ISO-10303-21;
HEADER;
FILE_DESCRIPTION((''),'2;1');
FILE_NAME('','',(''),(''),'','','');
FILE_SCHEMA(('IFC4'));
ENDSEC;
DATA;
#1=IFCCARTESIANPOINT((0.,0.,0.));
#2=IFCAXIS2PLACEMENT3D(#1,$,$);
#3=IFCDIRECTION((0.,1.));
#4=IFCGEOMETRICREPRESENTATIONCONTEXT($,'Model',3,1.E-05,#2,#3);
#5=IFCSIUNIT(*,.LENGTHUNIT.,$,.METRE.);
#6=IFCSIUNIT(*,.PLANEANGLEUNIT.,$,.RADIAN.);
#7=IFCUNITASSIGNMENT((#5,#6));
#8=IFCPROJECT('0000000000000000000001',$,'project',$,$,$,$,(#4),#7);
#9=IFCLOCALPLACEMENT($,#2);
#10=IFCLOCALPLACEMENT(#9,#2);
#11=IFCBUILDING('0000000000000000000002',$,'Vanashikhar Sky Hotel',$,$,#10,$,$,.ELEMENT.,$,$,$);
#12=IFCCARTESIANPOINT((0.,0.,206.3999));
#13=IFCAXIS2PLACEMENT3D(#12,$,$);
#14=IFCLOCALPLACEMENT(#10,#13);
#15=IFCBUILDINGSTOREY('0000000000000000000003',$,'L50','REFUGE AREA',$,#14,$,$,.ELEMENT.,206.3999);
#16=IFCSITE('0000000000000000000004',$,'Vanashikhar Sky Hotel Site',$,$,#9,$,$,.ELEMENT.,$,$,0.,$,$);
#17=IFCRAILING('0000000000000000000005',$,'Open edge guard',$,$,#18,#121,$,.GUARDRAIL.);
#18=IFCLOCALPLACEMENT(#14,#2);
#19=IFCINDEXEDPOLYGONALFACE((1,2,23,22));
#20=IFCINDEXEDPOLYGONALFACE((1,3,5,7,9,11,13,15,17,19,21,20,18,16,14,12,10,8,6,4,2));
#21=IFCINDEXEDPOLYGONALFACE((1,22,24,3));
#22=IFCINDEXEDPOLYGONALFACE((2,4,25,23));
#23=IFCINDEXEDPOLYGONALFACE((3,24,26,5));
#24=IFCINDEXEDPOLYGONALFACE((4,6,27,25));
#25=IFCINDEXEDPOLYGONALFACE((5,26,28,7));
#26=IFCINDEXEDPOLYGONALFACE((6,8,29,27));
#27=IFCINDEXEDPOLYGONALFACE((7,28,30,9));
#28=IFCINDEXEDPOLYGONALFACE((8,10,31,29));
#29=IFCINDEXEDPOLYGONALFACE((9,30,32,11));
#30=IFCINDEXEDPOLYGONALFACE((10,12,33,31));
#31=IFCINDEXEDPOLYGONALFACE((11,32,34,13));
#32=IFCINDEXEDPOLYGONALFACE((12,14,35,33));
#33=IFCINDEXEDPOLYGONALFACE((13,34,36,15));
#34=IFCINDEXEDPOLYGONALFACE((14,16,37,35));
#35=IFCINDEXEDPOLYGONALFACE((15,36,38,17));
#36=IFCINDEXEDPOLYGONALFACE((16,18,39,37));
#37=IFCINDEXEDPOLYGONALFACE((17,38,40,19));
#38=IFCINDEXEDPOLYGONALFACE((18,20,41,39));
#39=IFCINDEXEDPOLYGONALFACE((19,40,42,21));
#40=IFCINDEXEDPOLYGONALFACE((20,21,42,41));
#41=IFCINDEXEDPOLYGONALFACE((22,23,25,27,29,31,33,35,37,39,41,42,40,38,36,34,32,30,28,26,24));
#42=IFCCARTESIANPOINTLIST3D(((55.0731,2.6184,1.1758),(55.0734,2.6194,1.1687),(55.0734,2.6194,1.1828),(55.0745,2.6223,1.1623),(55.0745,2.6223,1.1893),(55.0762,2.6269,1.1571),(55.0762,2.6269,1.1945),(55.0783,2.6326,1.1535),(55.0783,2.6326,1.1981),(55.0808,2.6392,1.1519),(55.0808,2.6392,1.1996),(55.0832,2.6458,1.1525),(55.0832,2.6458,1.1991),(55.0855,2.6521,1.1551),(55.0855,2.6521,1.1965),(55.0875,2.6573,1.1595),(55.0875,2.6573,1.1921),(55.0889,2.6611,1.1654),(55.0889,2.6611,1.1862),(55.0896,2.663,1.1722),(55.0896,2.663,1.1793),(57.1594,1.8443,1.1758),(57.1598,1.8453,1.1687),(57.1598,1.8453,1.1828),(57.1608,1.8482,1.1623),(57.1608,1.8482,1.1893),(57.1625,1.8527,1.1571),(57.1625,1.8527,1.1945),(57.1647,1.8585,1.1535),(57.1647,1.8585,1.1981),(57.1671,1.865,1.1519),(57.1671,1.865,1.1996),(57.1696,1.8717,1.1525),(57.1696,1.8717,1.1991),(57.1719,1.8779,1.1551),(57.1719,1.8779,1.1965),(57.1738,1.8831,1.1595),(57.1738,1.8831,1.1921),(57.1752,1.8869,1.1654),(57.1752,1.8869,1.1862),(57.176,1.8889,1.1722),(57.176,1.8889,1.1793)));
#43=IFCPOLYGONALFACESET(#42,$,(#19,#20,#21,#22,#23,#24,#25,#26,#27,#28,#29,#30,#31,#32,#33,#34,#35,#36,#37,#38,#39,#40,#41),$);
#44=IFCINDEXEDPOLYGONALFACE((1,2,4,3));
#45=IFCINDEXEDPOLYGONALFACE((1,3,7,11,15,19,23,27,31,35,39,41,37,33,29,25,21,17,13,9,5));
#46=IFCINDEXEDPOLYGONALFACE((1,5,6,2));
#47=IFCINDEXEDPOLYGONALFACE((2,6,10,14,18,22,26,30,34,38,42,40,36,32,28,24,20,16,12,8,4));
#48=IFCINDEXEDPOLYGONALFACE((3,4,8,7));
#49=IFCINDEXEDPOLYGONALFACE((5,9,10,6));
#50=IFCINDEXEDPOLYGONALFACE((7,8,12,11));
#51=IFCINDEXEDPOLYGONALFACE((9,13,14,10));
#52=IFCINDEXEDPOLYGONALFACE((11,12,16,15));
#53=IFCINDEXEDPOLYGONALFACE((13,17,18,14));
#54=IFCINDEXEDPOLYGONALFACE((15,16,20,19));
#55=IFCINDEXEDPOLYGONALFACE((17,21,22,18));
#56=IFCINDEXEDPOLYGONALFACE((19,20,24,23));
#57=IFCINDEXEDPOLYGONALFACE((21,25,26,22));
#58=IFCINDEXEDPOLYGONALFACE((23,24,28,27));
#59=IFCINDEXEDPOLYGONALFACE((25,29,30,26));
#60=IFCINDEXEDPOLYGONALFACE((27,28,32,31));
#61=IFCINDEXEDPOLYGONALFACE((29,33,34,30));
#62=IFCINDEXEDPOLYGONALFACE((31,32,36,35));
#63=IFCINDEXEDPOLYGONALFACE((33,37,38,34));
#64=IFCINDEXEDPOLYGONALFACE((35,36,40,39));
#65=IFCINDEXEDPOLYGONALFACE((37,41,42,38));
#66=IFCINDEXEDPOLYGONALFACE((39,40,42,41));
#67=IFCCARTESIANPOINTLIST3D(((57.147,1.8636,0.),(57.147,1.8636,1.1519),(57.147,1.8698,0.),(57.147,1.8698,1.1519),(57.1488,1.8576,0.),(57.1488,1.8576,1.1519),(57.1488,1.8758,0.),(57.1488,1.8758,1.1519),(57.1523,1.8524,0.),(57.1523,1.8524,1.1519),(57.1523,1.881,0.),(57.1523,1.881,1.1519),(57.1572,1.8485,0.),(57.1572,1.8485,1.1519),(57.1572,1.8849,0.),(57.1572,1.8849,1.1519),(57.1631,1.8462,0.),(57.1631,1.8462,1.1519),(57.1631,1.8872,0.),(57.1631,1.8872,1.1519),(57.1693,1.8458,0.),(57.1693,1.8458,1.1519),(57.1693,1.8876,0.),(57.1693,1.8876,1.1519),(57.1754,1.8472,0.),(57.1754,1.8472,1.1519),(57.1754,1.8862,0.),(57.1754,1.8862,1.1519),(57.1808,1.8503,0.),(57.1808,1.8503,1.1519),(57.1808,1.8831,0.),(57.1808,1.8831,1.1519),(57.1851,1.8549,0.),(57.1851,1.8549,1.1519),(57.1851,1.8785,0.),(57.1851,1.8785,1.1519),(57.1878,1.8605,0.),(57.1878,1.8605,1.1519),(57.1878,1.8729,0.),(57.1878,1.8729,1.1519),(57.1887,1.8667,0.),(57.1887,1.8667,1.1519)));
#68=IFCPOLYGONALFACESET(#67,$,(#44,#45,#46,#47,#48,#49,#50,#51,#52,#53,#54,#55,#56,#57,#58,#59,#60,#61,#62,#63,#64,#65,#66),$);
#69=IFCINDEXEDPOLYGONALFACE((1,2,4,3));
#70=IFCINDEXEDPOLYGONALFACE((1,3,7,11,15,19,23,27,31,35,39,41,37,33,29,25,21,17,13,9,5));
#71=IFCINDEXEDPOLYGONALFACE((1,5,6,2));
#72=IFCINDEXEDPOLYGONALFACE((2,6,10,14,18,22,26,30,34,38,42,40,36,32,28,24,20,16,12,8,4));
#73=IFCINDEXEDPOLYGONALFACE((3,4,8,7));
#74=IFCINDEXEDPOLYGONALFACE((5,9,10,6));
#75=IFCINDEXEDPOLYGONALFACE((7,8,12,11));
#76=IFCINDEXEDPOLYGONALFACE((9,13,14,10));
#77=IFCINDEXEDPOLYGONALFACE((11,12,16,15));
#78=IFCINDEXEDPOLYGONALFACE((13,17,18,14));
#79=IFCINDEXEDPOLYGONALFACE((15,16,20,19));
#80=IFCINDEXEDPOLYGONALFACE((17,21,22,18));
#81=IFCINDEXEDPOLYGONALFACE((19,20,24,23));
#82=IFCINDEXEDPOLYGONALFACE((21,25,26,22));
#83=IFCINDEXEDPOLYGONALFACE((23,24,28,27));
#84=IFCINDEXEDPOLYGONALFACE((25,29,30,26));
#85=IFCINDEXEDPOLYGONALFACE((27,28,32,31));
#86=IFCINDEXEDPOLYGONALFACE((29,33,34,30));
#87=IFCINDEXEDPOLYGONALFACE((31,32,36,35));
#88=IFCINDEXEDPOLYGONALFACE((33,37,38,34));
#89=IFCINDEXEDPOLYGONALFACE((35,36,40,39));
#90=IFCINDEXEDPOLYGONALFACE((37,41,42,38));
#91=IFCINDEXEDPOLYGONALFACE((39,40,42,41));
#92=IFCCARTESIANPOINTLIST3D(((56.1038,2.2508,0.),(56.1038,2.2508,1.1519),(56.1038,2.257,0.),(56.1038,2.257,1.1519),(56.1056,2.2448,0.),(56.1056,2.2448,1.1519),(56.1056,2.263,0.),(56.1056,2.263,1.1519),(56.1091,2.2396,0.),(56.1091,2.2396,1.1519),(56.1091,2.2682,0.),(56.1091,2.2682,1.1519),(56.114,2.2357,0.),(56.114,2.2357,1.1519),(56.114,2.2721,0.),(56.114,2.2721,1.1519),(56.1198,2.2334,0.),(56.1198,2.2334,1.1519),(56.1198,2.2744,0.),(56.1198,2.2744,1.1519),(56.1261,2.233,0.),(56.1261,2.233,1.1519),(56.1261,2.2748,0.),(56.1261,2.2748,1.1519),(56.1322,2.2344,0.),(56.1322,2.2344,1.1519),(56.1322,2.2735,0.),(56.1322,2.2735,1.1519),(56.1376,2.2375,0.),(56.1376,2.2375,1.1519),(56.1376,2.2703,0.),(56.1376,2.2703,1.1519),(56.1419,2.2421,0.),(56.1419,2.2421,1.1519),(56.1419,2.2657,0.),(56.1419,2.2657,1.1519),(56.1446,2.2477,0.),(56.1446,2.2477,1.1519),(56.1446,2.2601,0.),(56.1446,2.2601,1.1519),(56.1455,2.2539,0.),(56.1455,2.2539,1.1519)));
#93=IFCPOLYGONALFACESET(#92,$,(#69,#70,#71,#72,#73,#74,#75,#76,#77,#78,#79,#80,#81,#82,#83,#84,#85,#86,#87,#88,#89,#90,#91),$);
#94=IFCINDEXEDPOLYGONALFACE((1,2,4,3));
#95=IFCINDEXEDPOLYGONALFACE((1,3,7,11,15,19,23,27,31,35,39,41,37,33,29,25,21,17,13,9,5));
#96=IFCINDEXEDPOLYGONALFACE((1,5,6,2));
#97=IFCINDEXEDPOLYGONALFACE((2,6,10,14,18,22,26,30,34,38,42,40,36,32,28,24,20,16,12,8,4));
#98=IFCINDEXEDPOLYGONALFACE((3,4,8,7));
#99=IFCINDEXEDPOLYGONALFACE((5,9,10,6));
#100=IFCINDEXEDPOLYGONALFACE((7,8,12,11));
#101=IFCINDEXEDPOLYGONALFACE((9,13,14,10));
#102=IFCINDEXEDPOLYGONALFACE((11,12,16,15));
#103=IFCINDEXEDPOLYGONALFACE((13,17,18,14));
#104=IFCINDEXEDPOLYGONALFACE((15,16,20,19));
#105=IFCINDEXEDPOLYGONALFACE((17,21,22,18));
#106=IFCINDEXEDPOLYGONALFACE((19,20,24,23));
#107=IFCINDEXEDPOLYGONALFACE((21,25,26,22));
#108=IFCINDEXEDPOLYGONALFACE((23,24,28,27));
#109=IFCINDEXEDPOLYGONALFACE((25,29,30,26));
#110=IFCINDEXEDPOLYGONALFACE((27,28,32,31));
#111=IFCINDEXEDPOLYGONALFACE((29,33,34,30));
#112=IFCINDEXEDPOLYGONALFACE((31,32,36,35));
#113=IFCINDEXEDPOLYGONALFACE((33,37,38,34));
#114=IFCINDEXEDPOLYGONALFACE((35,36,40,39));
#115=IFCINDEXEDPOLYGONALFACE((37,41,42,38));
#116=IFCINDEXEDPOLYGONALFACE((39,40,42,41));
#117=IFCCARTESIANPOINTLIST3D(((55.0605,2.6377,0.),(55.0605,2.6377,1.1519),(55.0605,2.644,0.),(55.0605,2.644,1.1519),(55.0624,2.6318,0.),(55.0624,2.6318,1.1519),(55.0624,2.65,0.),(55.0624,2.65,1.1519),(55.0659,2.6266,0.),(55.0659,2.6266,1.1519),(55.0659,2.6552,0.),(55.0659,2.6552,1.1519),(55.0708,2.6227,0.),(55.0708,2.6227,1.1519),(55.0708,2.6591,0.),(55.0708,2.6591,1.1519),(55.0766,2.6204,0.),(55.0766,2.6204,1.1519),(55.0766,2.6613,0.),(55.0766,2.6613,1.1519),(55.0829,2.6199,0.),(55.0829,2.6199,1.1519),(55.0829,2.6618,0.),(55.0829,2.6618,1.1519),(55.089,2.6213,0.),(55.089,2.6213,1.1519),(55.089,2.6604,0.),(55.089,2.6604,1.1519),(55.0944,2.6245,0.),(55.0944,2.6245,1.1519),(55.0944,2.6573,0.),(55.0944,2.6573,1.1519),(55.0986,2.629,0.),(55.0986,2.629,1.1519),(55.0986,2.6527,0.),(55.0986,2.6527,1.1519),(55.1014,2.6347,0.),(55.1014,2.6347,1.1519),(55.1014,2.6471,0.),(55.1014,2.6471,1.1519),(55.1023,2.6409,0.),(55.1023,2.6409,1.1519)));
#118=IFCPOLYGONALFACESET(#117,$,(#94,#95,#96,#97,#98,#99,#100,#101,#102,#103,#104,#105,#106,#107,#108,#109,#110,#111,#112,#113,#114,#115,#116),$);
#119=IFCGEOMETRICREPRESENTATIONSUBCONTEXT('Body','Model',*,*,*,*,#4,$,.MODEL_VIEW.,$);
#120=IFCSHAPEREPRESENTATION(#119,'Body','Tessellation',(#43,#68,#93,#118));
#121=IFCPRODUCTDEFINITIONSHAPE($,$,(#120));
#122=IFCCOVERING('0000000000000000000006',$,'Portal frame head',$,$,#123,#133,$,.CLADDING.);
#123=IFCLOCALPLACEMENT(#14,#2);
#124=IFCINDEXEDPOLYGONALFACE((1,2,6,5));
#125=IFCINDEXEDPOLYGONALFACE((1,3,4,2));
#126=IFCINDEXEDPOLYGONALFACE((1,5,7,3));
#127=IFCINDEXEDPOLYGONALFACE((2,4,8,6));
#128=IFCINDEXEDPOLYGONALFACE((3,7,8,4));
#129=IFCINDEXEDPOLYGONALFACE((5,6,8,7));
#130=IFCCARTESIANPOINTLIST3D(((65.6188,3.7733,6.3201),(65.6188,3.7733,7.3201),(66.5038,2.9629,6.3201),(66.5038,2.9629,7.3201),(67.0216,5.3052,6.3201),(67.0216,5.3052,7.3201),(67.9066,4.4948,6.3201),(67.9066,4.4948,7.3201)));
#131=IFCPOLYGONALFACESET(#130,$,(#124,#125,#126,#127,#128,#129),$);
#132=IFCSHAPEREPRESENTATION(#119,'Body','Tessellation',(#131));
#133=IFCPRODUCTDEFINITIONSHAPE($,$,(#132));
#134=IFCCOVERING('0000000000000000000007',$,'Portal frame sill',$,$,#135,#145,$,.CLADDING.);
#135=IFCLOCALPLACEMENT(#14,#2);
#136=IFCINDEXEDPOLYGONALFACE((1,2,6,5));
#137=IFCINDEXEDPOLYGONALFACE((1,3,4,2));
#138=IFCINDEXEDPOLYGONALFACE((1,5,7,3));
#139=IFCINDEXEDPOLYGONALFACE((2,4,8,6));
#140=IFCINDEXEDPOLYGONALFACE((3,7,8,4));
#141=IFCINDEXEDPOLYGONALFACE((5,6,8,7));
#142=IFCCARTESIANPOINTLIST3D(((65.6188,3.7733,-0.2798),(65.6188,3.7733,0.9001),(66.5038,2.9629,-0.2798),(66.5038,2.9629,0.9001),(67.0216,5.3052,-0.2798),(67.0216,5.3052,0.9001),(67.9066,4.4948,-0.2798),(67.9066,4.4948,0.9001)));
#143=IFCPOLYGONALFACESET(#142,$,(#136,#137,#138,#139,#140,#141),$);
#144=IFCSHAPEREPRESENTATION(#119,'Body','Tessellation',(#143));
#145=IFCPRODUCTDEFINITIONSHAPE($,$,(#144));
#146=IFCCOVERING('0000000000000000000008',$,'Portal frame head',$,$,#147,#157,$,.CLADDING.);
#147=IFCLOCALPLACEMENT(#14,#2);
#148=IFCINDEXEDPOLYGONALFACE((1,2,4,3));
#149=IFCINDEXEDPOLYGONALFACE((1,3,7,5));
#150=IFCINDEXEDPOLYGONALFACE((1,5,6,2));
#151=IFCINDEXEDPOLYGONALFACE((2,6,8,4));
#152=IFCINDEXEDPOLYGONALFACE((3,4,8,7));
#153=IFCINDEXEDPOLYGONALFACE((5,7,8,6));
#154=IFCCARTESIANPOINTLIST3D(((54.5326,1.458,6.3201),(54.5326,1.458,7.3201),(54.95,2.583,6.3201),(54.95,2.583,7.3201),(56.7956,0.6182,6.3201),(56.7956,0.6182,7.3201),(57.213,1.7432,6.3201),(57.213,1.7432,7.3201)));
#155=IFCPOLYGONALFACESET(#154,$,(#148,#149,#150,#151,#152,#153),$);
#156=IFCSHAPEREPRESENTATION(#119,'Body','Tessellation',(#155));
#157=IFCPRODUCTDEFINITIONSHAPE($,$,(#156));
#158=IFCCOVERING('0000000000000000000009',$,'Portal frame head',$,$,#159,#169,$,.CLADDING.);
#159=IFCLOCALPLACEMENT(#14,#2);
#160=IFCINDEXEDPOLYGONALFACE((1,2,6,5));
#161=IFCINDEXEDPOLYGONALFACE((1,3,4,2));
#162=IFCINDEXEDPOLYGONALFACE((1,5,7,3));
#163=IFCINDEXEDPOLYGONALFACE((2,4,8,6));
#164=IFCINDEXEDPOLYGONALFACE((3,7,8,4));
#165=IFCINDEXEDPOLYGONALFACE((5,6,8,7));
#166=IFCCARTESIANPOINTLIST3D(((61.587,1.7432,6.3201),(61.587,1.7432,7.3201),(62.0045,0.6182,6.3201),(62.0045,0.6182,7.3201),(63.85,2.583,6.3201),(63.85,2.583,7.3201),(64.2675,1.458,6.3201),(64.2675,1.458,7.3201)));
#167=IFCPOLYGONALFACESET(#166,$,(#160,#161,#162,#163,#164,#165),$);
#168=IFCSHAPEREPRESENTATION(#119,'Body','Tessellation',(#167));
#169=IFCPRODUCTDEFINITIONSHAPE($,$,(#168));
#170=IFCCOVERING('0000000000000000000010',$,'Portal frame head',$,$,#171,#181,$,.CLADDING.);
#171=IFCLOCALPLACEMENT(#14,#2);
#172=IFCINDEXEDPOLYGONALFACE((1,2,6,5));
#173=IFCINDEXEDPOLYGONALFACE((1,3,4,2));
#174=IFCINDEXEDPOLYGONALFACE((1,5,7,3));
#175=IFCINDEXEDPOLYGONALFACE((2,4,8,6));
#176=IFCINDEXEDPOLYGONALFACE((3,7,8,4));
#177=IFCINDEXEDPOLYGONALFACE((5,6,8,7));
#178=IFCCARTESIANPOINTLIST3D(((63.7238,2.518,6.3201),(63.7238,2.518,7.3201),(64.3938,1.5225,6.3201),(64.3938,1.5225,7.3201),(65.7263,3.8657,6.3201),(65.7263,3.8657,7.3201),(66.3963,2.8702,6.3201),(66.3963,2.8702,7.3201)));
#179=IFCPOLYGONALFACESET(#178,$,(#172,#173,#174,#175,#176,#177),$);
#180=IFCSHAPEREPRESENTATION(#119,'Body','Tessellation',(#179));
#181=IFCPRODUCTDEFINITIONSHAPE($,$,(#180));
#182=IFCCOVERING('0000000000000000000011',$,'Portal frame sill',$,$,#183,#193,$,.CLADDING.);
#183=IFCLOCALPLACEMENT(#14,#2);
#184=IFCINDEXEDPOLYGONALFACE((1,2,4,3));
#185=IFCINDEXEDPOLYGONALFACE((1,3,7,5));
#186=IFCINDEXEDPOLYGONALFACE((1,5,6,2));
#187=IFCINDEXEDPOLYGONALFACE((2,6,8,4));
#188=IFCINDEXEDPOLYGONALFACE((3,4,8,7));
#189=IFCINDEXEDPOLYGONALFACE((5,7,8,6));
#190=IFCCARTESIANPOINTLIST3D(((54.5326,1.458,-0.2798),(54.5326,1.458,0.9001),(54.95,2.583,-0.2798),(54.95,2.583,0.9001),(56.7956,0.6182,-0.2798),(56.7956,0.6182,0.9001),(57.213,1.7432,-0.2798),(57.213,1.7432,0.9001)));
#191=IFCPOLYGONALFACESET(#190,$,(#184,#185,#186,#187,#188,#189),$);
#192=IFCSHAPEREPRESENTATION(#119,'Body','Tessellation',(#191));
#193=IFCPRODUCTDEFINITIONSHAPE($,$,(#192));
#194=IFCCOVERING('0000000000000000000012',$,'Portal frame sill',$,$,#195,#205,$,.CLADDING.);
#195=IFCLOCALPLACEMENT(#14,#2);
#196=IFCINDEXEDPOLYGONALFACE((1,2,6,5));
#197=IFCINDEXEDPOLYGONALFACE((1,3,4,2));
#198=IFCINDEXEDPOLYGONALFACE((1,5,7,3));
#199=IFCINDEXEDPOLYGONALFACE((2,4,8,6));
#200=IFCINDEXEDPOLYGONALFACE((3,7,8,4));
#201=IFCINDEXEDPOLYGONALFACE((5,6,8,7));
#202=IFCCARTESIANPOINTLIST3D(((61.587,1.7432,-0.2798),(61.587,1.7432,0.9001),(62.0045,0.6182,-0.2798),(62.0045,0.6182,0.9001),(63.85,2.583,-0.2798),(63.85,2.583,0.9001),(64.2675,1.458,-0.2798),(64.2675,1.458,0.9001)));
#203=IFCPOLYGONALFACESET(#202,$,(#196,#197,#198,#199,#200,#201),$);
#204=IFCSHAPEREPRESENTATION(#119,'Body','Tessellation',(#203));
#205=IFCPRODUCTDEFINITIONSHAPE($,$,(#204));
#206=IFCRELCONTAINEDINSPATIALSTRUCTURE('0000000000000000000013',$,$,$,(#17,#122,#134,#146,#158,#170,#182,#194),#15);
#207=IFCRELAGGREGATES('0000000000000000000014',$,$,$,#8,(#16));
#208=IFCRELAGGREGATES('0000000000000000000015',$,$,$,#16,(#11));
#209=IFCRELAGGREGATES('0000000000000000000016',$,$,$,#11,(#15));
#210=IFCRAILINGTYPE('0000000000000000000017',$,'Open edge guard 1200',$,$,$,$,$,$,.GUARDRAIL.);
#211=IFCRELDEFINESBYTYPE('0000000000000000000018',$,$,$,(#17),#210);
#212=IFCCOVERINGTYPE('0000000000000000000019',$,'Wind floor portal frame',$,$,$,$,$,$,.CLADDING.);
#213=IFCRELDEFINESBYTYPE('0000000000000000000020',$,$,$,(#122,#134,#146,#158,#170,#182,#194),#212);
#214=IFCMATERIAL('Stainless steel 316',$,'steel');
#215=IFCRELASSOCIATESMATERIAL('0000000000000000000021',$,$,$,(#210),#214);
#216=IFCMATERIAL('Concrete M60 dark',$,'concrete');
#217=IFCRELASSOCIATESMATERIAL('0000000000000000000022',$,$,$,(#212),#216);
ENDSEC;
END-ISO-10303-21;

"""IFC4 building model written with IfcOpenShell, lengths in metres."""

from ifc_helpers import new_model, si_unit, direction, frame, origin, origin_2d, place, context, subcontext, project, spatial, rectangle, circle, extrude, source, transform, mapped, material, type_object, element, save


model = new_model("IFC4")

# Units and contexts
model_context = context("Model", 3, precision=1e-05, world=origin(), true_north=direction((0.0, 1.0)))
body_context = subcontext(model_context, "Body", "Model", "MODEL_VIEW")
ifc_project = project(units=[si_unit("LENGTHUNIT", "METRE"), si_unit("PLANEANGLEUNIT", "RADIAN")], contexts=[model_context])

# Site, building, storey
site_placement = place(None, origin())
site = spatial("IfcSite", under=ifc_project, at=site_placement, Name="Vanashikhar Sky Hotel Site", CompositionType="ELEMENT", RefElevation=0.0)
building_placement = place(site_placement, origin())
building = spatial("IfcBuilding", under=site, at=building_placement, Name="Vanashikhar Sky Hotel", CompositionType="ELEMENT")
storey_placement = place(building_placement, frame((0.0, 0.0, 206.3999)))
storey = spatial("IfcBuildingStorey", under=building, at=storey_placement, Name="L50", Description="REFUGE AREA", CompositionType="ELEMENT", Elevation=206.3999)

# Railing
ifc_material_1 = material(Name="Stainless steel 316", Category="steel")
railing_type = type_object("IfcRailingType", Name="Open edge guard 1200", PredefinedType="GUARDRAIL", material=ifc_material_1)
shared_shape_1 = source(origin(), body_context, "Body", "SweptSolid", [
    extrude(circle(Radius=0.0239, at=origin_2d()), frame((0.0, 0.0, 1.1758), z_axis=(-0.937541, 0.347875, 0.0), x_axis=(-0.347875, -0.937541, 0.0)), (0.0, 0.0, 1.0), 2.2253),
    extrude(circle(Radius=0.021, at=origin_2d()), origin(), (0.0, 0.0, 1.0), 1.1519),
    extrude(circle(Radius=0.021, at=origin_2d()), frame((-1.0432, 0.3872, 0.0)), (0.0, 0.0, 1.0), 1.1519),
    extrude(circle(Radius=0.021, at=origin_2d()), frame((-2.0864, 0.7742, 0.0)), (0.0, 0.0, 1.0), 1.1519),
])
railing_1_placement = place(storey_placement, frame((57.1677, 1.8667, 0.0)))
element("IfcRailing", 1, at=railing_1_placement, inside=storey, type_object=railing_type, Name="Open edge guard", PredefinedType="GUARDRAIL", context=body_context, shape_type="MappedRepresentation", body=[
    mapped(shared_shape_1, transform((0.0, 0.0, 0.0), scale=1.0)),
])

# Coverings
ifc_material_2 = material(Name="Concrete M60 dark", Category="concrete")
covering_type = type_object("IfcCoveringType", Name="Wind floor portal frame", PredefinedType="CLADDING", material=ifc_material_2)
shared_shape_2 = source(origin(), body_context, "Body", "SweptSolid", [
    extrude(rectangle(XDim=2.0771, YDim=1.2, at=origin_2d()), origin(), (0.0, 0.0, 1.0), 1.0),
])
covering_1_placement = place(storey_placement, frame((66.7627, 4.134, 6.3201), z_axis=(0.0, 0.0, 1.0), x_axis=(0.675346, 0.737501, 0.0)))
element("IfcCovering", 2, at=covering_1_placement, inside=storey, type_object=covering_type, Name="Portal frame head", PredefinedType="CLADDING", context=body_context, shape_type="MappedRepresentation", body=[
    mapped(shared_shape_2, transform((0.0, 0.0, 0.0), scale=1.0)),
])
shared_shape_3 = source(origin(), body_context, "Body", "SweptSolid", [
    extrude(rectangle(XDim=2.0771, YDim=1.2, at=origin_2d()), origin(), (0.0, 0.0, 1.0), 1.1799),
])
covering_2_placement = place(storey_placement, frame((66.7627, 4.134, -0.2798), z_axis=(0.0, 0.0, 1.0), x_axis=(0.675346, 0.737501, 0.0)))
element("IfcCovering", 3, at=covering_2_placement, inside=storey, type_object=covering_type, Name="Portal frame sill", PredefinedType="CLADDING", context=body_context, shape_type="MappedRepresentation", body=[
    mapped(shared_shape_3, transform((0.0, 0.0, 0.0), scale=1.0)),
])
shared_shape_4 = source(origin(), body_context, "Body", "SweptSolid", [
    extrude(rectangle(XDim=2.4138, YDim=1.2, at=origin_2d()), origin(), (0.0, 0.0, 1.0), 1.0),
])
for number, where, z_axis, x_axis, name in (
    (4, (55.8728, 1.6006, 6.3201), (0.0, 0.0, 1.0), (0.937531, -0.347901, 0.0), "Portal frame head"),
    (5, (62.9272, 1.6006, 6.3201), (0.0, 0.0, 1.0), (0.937531, 0.347901, 0.0), "Portal frame head"),
    (6, (65.0601, 2.6941, 6.3201), (0.0, 0.0, 1.0), (0.829603, 0.558353, 0.0), "Portal frame head"),
):
    element("IfcCovering", number, at=place(storey_placement, frame(where, z_axis=z_axis, x_axis=x_axis)), inside=storey, type_object=covering_type, Name=name, PredefinedType="CLADDING", context=body_context, shape_type="MappedRepresentation", body=[
        mapped(shared_shape_4, transform((0.0, 0.0, 0.0), scale=1.0)),
    ])
shared_shape_5 = source(origin(), body_context, "Body", "SweptSolid", [
    extrude(rectangle(XDim=2.4138, YDim=1.2, at=origin_2d()), origin(), (0.0, 0.0, 1.0), 1.1799),
])
for number, where, z_axis, x_axis, name in (
    (7, (55.8728, 1.6006, -0.2798), (0.0, 0.0, 1.0), (0.937531, -0.347901, 0.0), "Portal frame sill"),
    (8, (62.9272, 1.6006, -0.2798), (0.0, 0.0, 1.0), (0.937531, 0.347901, 0.0), "Portal frame sill"),
):
    element("IfcCovering", number, at=place(storey_placement, frame(where, z_axis=z_axis, x_axis=x_axis)), inside=storey, type_object=covering_type, Name=name, PredefinedType="CLADDING", context=body_context, shape_type="MappedRepresentation", body=[
        mapped(shared_shape_5, transform((0.0, 0.0, 0.0), scale=1.0)),
    ])

save(model, "model.ifc")
